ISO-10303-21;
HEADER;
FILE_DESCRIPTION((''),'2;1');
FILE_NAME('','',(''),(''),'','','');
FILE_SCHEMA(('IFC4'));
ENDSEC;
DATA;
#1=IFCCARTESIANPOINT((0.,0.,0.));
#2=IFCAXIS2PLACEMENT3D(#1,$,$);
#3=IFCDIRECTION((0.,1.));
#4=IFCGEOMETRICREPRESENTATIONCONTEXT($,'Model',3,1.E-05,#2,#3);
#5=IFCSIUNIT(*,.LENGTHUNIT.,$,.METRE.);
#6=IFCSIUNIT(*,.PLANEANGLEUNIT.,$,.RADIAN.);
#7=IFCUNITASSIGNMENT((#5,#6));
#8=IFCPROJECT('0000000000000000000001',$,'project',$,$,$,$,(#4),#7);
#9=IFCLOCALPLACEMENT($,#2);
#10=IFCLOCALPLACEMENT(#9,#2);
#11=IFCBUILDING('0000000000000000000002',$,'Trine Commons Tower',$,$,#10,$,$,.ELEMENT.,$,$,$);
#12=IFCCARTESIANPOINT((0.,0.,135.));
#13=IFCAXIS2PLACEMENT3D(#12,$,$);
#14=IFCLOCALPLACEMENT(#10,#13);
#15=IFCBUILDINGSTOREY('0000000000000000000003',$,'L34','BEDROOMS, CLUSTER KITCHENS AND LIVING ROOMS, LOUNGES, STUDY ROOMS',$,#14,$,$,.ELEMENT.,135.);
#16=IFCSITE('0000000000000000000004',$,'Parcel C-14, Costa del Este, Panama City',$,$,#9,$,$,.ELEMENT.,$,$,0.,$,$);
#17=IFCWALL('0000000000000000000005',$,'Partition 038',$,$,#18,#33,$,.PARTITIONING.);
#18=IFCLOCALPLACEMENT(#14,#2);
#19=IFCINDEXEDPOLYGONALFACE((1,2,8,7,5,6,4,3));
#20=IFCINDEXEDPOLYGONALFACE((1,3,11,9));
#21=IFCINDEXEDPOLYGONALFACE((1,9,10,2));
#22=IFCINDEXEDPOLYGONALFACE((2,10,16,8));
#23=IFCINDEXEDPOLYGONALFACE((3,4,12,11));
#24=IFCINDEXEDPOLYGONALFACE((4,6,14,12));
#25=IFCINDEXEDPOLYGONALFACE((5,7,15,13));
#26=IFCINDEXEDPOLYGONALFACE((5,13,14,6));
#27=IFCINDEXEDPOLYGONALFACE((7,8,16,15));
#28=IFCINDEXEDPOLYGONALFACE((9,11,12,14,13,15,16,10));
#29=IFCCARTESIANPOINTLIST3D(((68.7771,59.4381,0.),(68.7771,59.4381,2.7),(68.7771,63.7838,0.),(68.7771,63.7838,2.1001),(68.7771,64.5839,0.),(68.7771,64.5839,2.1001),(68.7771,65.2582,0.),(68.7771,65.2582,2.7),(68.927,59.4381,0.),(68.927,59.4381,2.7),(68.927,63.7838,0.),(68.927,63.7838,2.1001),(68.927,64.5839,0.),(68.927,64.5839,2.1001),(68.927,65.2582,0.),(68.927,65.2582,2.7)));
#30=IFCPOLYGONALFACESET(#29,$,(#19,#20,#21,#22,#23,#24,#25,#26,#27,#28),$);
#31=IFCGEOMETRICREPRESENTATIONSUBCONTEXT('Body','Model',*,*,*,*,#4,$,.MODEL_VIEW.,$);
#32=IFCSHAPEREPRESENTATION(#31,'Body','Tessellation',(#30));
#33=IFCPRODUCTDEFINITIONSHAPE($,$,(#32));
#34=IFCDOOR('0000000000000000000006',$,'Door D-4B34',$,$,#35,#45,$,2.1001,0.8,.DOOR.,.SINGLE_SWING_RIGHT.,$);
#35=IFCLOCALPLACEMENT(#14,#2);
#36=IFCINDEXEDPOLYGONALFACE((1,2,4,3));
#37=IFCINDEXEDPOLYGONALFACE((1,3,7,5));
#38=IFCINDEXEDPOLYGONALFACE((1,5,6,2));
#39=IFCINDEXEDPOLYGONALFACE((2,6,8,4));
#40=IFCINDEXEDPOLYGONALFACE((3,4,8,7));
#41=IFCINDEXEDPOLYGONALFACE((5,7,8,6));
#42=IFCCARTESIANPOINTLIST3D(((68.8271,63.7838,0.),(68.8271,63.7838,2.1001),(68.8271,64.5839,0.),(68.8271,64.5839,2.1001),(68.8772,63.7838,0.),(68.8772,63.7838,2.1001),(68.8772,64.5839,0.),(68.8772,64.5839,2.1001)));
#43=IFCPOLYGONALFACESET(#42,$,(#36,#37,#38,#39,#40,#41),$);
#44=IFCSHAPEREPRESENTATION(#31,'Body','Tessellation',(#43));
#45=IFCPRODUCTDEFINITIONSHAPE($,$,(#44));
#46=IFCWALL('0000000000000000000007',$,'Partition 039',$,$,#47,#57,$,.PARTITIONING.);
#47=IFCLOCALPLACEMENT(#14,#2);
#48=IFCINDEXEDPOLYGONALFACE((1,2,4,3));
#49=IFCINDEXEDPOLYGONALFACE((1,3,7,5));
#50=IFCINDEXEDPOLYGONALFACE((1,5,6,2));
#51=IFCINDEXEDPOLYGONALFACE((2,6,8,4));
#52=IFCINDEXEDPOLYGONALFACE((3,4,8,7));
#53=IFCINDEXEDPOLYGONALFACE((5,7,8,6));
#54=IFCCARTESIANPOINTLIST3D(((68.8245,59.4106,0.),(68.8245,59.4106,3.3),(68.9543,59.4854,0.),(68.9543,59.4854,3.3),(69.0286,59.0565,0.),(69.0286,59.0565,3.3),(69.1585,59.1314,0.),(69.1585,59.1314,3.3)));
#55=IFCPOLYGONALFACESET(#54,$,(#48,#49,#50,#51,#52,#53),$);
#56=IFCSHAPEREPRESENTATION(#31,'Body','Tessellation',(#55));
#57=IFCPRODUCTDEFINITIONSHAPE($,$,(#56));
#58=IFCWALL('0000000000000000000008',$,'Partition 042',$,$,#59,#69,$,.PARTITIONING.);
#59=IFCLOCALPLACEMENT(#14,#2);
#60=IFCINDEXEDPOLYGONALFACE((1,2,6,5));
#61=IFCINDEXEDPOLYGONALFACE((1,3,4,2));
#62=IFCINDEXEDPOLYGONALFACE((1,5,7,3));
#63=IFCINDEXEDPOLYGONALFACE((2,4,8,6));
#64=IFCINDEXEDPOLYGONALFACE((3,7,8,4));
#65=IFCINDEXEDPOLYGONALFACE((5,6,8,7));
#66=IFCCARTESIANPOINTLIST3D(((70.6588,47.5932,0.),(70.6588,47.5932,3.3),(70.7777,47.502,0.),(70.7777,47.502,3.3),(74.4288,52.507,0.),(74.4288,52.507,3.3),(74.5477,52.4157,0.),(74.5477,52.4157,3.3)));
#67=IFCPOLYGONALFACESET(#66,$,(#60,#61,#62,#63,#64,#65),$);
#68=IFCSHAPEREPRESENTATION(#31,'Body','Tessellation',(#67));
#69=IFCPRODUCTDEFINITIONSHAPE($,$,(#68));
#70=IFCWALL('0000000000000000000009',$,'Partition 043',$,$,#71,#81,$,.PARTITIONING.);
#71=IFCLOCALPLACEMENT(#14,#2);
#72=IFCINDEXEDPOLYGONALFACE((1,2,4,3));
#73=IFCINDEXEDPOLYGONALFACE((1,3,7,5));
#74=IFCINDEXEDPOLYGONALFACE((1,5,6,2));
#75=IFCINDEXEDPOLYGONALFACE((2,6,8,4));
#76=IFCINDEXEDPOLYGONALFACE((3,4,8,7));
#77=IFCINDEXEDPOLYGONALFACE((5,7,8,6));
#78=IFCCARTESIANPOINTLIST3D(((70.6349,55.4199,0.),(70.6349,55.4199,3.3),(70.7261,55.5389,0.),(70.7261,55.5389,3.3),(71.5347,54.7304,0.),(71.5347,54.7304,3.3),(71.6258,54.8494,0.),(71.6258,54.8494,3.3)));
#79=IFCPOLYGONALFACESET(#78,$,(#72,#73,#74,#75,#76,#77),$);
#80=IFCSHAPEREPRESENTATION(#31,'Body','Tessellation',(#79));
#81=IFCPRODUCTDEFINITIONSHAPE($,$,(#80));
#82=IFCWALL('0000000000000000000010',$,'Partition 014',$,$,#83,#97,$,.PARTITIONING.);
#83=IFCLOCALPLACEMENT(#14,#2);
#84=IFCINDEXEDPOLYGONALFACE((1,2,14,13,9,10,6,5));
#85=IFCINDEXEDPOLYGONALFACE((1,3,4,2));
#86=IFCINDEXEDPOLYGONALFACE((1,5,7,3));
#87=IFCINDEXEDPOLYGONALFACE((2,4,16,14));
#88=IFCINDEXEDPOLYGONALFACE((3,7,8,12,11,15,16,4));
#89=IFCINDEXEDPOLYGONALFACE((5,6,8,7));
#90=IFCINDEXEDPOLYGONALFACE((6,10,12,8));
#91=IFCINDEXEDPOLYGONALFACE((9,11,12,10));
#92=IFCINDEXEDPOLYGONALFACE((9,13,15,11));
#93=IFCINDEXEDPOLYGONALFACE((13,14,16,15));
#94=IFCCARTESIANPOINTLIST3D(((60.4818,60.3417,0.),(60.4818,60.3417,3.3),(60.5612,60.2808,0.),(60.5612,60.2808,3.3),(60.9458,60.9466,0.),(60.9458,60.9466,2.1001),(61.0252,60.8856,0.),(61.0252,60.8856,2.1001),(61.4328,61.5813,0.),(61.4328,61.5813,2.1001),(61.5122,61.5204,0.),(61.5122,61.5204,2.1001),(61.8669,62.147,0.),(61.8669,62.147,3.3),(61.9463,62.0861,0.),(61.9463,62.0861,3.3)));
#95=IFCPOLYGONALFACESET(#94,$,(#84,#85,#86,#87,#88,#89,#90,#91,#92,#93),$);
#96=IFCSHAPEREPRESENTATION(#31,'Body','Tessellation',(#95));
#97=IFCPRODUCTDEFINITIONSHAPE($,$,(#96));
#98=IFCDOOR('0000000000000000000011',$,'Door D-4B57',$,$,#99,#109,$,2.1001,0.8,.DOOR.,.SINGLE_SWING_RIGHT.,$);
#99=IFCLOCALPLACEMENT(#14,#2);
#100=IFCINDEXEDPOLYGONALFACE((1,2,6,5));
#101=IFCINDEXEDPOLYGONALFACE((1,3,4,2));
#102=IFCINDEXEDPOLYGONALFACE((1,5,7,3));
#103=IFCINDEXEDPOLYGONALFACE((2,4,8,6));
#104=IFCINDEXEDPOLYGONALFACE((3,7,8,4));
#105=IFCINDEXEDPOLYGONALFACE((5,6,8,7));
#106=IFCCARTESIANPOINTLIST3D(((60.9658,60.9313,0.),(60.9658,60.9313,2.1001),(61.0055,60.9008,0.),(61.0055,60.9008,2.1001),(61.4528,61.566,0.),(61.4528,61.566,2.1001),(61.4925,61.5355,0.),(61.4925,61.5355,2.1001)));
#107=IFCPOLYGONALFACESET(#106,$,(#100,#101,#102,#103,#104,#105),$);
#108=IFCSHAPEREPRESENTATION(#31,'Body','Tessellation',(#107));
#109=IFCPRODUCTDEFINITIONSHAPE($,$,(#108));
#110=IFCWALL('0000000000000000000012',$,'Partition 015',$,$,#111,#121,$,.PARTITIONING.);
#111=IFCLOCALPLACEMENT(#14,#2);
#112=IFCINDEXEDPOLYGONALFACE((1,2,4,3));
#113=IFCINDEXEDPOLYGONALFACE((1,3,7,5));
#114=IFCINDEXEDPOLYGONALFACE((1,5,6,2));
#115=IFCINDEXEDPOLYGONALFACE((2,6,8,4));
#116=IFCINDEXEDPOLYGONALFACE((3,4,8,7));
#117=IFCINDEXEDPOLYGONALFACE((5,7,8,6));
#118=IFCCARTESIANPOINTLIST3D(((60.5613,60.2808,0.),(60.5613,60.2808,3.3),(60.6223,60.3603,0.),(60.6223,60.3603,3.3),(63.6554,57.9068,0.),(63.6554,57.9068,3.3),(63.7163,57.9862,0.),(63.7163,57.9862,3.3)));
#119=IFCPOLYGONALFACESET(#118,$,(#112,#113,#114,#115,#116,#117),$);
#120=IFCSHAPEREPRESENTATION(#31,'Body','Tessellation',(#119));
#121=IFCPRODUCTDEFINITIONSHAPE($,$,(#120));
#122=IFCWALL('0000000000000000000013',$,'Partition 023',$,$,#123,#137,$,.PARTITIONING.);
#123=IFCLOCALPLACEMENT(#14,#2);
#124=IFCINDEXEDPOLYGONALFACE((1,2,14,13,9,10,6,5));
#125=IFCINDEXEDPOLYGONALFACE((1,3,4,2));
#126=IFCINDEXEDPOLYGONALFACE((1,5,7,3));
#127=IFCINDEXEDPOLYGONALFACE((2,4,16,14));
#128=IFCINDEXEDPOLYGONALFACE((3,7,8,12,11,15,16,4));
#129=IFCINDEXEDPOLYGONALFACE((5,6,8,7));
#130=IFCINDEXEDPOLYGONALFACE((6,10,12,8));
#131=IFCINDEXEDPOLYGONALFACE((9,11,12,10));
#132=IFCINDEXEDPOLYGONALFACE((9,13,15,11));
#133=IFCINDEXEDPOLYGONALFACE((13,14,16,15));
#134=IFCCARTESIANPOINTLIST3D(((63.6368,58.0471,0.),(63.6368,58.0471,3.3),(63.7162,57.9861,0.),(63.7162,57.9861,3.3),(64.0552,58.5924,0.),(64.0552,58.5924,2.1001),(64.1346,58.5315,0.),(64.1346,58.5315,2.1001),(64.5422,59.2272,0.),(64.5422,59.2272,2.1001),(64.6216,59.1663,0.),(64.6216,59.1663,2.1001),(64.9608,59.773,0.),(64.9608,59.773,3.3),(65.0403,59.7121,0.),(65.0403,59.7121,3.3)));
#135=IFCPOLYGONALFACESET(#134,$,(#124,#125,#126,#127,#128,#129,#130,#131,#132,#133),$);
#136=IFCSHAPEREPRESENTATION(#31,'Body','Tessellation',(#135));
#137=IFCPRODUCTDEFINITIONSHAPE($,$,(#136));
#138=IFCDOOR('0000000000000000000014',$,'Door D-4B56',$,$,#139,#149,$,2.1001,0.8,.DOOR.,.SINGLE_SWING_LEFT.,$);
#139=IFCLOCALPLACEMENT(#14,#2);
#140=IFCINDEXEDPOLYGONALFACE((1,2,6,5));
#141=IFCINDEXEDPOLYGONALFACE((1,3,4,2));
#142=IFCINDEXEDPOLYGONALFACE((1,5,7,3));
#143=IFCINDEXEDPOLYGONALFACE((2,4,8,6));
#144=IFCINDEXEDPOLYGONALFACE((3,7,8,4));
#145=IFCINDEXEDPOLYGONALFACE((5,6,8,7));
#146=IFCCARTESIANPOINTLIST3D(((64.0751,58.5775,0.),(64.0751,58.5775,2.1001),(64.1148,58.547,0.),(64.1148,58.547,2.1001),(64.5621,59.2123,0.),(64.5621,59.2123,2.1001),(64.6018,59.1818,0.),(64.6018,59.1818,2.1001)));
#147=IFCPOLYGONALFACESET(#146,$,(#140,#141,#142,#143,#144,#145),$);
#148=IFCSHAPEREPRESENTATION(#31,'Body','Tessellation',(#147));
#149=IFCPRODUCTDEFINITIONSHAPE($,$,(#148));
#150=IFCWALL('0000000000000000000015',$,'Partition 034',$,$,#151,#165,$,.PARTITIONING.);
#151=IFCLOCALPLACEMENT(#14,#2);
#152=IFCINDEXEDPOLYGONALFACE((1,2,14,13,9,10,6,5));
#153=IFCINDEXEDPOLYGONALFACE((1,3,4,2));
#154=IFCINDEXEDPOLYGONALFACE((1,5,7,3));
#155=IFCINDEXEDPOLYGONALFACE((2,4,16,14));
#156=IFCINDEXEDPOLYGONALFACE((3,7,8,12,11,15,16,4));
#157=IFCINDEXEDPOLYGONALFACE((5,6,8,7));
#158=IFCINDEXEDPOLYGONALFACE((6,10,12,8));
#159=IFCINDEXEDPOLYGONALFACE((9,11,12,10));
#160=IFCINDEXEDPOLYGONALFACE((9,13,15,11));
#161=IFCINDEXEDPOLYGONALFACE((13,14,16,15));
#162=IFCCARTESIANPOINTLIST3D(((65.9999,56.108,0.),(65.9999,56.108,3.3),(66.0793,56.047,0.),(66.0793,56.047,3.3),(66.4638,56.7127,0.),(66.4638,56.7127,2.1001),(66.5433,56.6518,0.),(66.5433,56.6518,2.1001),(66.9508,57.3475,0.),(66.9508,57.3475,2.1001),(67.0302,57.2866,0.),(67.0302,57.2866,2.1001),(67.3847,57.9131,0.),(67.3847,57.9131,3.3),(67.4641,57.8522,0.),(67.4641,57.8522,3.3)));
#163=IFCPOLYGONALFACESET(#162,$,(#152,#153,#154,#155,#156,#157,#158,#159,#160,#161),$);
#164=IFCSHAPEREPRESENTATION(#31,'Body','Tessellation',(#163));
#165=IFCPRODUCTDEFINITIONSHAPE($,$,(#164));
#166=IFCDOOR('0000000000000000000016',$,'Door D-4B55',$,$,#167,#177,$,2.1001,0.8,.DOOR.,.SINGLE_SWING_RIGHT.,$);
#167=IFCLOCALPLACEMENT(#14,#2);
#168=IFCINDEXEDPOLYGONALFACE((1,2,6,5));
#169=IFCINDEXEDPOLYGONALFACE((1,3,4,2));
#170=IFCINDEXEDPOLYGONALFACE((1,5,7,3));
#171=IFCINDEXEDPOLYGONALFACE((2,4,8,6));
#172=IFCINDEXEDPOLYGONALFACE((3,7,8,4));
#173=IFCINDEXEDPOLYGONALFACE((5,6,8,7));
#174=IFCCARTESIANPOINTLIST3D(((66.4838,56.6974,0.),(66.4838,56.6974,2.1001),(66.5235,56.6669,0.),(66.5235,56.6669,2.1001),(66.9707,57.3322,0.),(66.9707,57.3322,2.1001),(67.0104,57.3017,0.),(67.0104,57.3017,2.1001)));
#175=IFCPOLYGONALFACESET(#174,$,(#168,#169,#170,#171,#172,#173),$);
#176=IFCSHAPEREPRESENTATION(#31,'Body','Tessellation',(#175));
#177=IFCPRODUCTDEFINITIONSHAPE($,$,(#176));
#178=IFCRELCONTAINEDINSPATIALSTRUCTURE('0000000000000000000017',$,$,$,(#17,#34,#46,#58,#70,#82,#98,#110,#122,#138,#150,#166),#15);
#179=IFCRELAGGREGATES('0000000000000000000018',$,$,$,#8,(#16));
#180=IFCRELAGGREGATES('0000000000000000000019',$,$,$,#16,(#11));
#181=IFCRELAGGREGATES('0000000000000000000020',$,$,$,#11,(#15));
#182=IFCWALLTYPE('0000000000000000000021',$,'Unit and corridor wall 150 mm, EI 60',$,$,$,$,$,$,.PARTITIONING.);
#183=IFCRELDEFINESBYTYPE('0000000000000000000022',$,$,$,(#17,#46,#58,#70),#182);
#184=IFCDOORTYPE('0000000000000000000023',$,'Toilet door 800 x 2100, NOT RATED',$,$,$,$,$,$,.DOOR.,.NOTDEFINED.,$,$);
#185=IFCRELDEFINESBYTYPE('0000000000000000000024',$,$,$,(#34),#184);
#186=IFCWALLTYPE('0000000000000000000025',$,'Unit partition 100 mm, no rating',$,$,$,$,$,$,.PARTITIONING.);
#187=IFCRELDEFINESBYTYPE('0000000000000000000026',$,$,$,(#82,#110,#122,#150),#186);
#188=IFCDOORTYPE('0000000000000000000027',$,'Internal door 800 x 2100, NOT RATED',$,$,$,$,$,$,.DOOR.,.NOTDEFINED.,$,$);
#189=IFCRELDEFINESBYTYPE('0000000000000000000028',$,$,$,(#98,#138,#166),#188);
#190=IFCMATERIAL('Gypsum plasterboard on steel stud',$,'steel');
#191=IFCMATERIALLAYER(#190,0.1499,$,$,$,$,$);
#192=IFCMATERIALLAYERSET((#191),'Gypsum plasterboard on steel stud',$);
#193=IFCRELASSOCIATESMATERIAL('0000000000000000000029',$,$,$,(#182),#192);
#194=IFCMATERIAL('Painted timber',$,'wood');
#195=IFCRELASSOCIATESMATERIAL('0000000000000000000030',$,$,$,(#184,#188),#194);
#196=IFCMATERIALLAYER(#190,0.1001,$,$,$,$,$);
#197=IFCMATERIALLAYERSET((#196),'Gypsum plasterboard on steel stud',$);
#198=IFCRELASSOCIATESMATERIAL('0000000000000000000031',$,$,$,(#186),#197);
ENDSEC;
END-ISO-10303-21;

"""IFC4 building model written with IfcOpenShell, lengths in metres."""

from ifc_helpers import new_model, si_unit, direction, frame, frame_2d, origin, place, context, subcontext, project, spatial, rectangle, extrude, material, layer, layer_set, type_object, element, fill, save


model = new_model("IFC4")

# Units and contexts
model_context = context("Model", 3, precision=1e-05, world=origin(), true_north=direction((0.0, 1.0)))
body_context = subcontext(model_context, "Body", "Model", "MODEL_VIEW")
ifc_project = project(units=[si_unit("LENGTHUNIT", "METRE"), si_unit("PLANEANGLEUNIT", "RADIAN")], contexts=[model_context])

# Site, building, storey
site_placement = place(None, origin())
site = spatial("IfcSite", under=ifc_project, at=site_placement, Name="Parcel C-14, Costa del Este, Panama City", CompositionType="ELEMENT", RefElevation=0.0)
building_placement = place(site_placement, origin())
building = spatial("IfcBuilding", under=site, at=building_placement, Name="Trine Commons Tower", CompositionType="ELEMENT")
storey_placement = place(building_placement, frame((0.0, 0.0, 135.0)))
storey = spatial("IfcBuildingStorey", under=building, at=storey_placement, Name="L34", Description="BEDROOMS, CLUSTER KITCHENS AND LIVING ROOMS, LOUNGES, STUDY ROOMS", CompositionType="ELEMENT", Elevation=135.0)

# Shared definitions
ifc_material_1 = material(Name="Gypsum plasterboard on steel stud", Category="steel")
ifc_layer_1 = layer(ifc_material_1, 0.1499)
ifc_layer_set_1 = layer_set([ifc_layer_1], Name="Gypsum plasterboard on steel stud")
wall_type_1 = type_object("IfcWallType", Name="Unit and corridor wall 150 mm, EI 60", PredefinedType="PARTITIONING", material=ifc_layer_set_1)

# Wall, opening, door
wall_1_placement = place(storey_placement, frame((68.8521, 59.438, 0.0), z_axis=(0.0, 0.0, 1.0), x_axis=(0.0, 1.0, 0.0)))
wall_1 = element("IfcWall", 1, at=wall_1_placement, inside=storey, type_object=wall_type_1, Name="Partition 038", PredefinedType="PARTITIONING", context=body_context, shape_type="SweptSolid", body=[
    extrude(rectangle(XDim=5.8201, YDim=0.1499, at=frame_2d((2.9102, 0.0))), origin(), (0.0, 0.0, 1.0), 2.7),
])
opening_1_placement = place(wall_1_placement, frame((4.3459, 0.0, 0.0)))
opening_1 = element("IfcOpeningElement", 2, at=opening_1_placement, cuts=wall_1, PredefinedType="OPENING", context=body_context, shape_type="SweptSolid", body=[
    extrude(rectangle(XDim=0.8, YDim=2.1001, at=frame_2d((0.3999, 1.05))), frame((0.0, 0.085, 0.0), z_axis=(0.0, -1.0, 0.0), x_axis=(1.0, 0.0, 0.0)), (0.0, 0.0, 1.0), 0.1699),
])
ifc_material_2 = material(Name="Painted timber", Category="wood")
door_type_1 = type_object("IfcDoorType", Name="Toilet door 800 x 2100, NOT RATED", OperationType="NOTDEFINED", PredefinedType="DOOR", material=ifc_material_2)
door_1_placement = place(opening_1_placement, origin())
door_1 = element("IfcDoor", 3, at=door_1_placement, inside=storey, type_object=door_type_1, Name="Door D-4B34", OperationType="SINGLE_SWING_RIGHT", OverallHeight=2.1001, OverallWidth=0.8, PredefinedType="DOOR", context=body_context, shape_type="SweptSolid", body=[
    extrude(rectangle(XDim=0.8, YDim=2.1001, at=frame_2d((0.3999, 1.05))), frame((0.0, 0.0249, 0.0), z_axis=(0.0, -1.0, 0.0), x_axis=(1.0, 0.0, 0.0)), (0.0, 0.0, 1.0), 0.05),
])
fill(opening_1, door_1)

# Walls
wall_2_placement = place(storey_placement, frame((68.8894, 59.448, 0.0), z_axis=(0.0, 0.0, 1.0), x_axis=(0.499481, -0.866325, 0.0)))
element("IfcWall", 4, at=wall_2_placement, inside=storey, type_object=wall_type_1, Name="Partition 039", PredefinedType="PARTITIONING", context=body_context, shape_type="SweptSolid", body=[
    extrude(rectangle(XDim=0.4087, YDim=0.1499, at=frame_2d((0.2043, 0.0))), origin(), (0.0, 0.0, 1.0), 3.3),
])
wall_3_placement = place(storey_placement, frame((70.7183, 47.5476, 0.0), z_axis=(0.0, 0.0, 1.0), x_axis=(0.608712, 0.793391, 0.0)))
element("IfcWall", 5, at=wall_3_placement, inside=storey, type_object=wall_type_1, Name="Partition 042", PredefinedType="PARTITIONING", context=body_context, shape_type="SweptSolid", body=[
    extrude(rectangle(XDim=6.1934, YDim=0.1499, at=frame_2d((3.0967, 0.0))), origin(), (0.0, 0.0, 1.0), 3.3),
])
wall_4_placement = place(storey_placement, frame((70.6804, 55.4795, 0.0), z_axis=(0.0, 0.0, 1.0), x_axis=(0.793728, -0.608273, 0.0)))
element("IfcWall", 6, at=wall_4_placement, inside=storey, type_object=wall_type_1, Name="Partition 043", PredefinedType="PARTITIONING", context=body_context, shape_type="SweptSolid", body=[
    extrude(rectangle(XDim=1.1335, YDim=0.1499, at=frame_2d((0.5669, 0.0))), origin(), (0.0, 0.0, 1.0), 3.3),
])

# Wall, opening, door
ifc_layer_2 = layer(ifc_material_1, 0.1001)
ifc_layer_set_2 = layer_set([ifc_layer_2], Name="Gypsum plasterboard on steel stud")
wall_type_2 = type_object("IfcWallType", Name="Unit partition 100 mm, no rating", PredefinedType="PARTITIONING", material=ifc_layer_set_2)
wall_5_placement = place(storey_placement, frame((60.5215, 60.3113, 0.0), z_axis=(0.0, 0.0, 1.0), x_axis=(0.60872, 0.793385, 0.0)))
wall_5 = element("IfcWall", 7, at=wall_5_placement, inside=storey, type_object=wall_type_2, Name="Partition 014", PredefinedType="PARTITIONING", context=body_context, shape_type="SweptSolid", body=[
    extrude(rectangle(XDim=2.2754, YDim=0.1001, at=frame_2d((1.1377, 0.0))), origin(), (0.0, 0.0, 1.0), 3.3),
])
opening_2_placement = place(wall_5_placement, frame((0.7625, 0.0, 0.0)))
opening_2 = element("IfcOpeningElement", 8, at=opening_2_placement, cuts=wall_5, PredefinedType="OPENING", context=body_context, shape_type="SweptSolid", body=[
    extrude(rectangle(XDim=0.8, YDim=2.1001, at=frame_2d((0.3999, 1.05))), frame((0.0, 0.0601, 0.0), z_axis=(0.0, -1.0, 0.0), x_axis=(1.0, 0.0, 0.0)), (0.0, 0.0, 1.0), 0.1201),
])
door_type_2 = type_object("IfcDoorType", Name="Internal door 800 x 2100, NOT RATED", OperationType="NOTDEFINED", PredefinedType="DOOR", material=ifc_material_2)
door_2_placement = place(opening_2_placement, origin())
door_2 = element("IfcDoor", 9, at=door_2_placement, inside=storey, type_object=door_type_2, Name="Door D-4B57", OperationType="SINGLE_SWING_RIGHT", OverallHeight=2.1001, OverallWidth=0.8, PredefinedType="DOOR", context=body_context, shape_type="SweptSolid", body=[
    extrude(rectangle(XDim=0.8, YDim=2.1001, at=frame_2d((0.3999, 1.05))), frame((0.0, 0.0249, 0.0), z_axis=(0.0, -1.0, 0.0), x_axis=(1.0, 0.0, 0.0)), (0.0, 0.0, 1.0), 0.05),
])
fill(opening_2, door_2)

# Wall
wall_6_placement = place(storey_placement, frame((60.5918, 60.3206, 0.0), z_axis=(0.0, 0.0, 1.0), x_axis=(0.793363, -0.608748, 0.0)))
element("IfcWall", 10, at=wall_6_placement, inside=storey, type_object=wall_type_2, Name="Partition 015", PredefinedType="PARTITIONING", context=body_context, shape_type="SweptSolid", body=[
    extrude(rectangle(XDim=3.8999, YDim=0.1001, at=frame_2d((1.95, 0.0))), origin(), (0.0, 0.0, 1.0), 3.3),
])

# Walls, openings, doors
wall_7_placement = place(storey_placement, frame((63.6765, 58.0166, 0.0), z_axis=(0.0, 0.0, 1.0), x_axis=(0.608674, 0.79342, 0.0)))
wall_7 = element("IfcWall", 11, at=wall_7_placement, inside=storey, type_object=wall_type_2, Name="Partition 023", PredefinedType="PARTITIONING", context=body_context, shape_type="SweptSolid", body=[
    extrude(rectangle(XDim=2.1753, YDim=0.1001, at=frame_2d((1.0876, 0.0))), origin(), (0.0, 0.0, 1.0), 3.3),
])
opening_3_placement = place(wall_7_placement, frame((0.6875, 0.0, 0.0)))
opening_3 = element("IfcOpeningElement", 12, at=opening_3_placement, cuts=wall_7, PredefinedType="OPENING", context=body_context, shape_type="SweptSolid", body=[
    extrude(rectangle(XDim=0.8, YDim=2.1001, at=frame_2d((0.3999, 1.05))), frame((0.0, 0.0601, 0.0), z_axis=(0.0, -1.0, 0.0), x_axis=(1.0, 0.0, 0.0)), (0.0, 0.0, 1.0), 0.1201),
])
door_3_placement = place(opening_3_placement, frame((0.8, 0.0, 0.0), z_axis=(0.0, 0.0, 1.0), x_axis=(-1.0, 0.0, 0.0)))
door_3 = element("IfcDoor", 13, at=door_3_placement, inside=storey, type_object=door_type_2, Name="Door D-4B56", OperationType="SINGLE_SWING_LEFT", OverallHeight=2.1001, OverallWidth=0.8, PredefinedType="DOOR", context=body_context, shape_type="SweptSolid", body=[
    extrude(rectangle(XDim=0.8, YDim=2.1001, at=frame_2d((0.3999, 1.05))), frame((0.0, 0.0249, 0.0), z_axis=(0.0, -1.0, 0.0), x_axis=(1.0, 0.0, 0.0)), (0.0, 0.0, 1.0), 0.05),
])
fill(opening_3, door_3)
wall_8_placement = place(storey_placement, frame((66.0396, 56.0774, 0.0), z_axis=(0.0, 0.0, 1.0), x_axis=(0.608652, 0.793437, 0.0)))
wall_8 = element("IfcWall", 14, at=wall_8_placement, inside=storey, type_object=wall_type_2, Name="Partition 034", PredefinedType="PARTITIONING", context=body_context, shape_type="SweptSolid", body=[
    extrude(rectangle(XDim=2.2751, YDim=0.1001, at=frame_2d((1.1377, 0.0))), origin(), (0.0, 0.0, 1.0), 3.3),
])
opening_4_placement = place(wall_8_placement, frame((0.7625, 0.0, 0.0)))
opening_4 = element("IfcOpeningElement", 15, at=opening_4_placement, cuts=wall_8, PredefinedType="OPENING", context=body_context, shape_type="SweptSolid", body=[
    extrude(rectangle(XDim=0.8, YDim=2.1001, at=frame_2d((0.3999, 1.05))), frame((0.0, 0.0601, 0.0), z_axis=(0.0, -1.0, 0.0), x_axis=(1.0, 0.0, 0.0)), (0.0, 0.0, 1.0), 0.1201),
])
door_4_placement = place(opening_4_placement, origin())
door_4 = element("IfcDoor", 16, at=door_4_placement, inside=storey, type_object=door_type_2, Name="Door D-4B55", OperationType="SINGLE_SWING_RIGHT", OverallHeight=2.1001, OverallWidth=0.8, PredefinedType="DOOR", context=body_context, shape_type="SweptSolid", body=[
    extrude(rectangle(XDim=0.8, YDim=2.1001, at=frame_2d((0.3999, 1.05))), frame((0.0, 0.0249, 0.0), z_axis=(0.0, -1.0, 0.0), x_axis=(1.0, 0.0, 0.0)), (0.0, 0.0, 1.0), 0.05),
])
fill(opening_4, door_4)

save(model, "model.ifc")
